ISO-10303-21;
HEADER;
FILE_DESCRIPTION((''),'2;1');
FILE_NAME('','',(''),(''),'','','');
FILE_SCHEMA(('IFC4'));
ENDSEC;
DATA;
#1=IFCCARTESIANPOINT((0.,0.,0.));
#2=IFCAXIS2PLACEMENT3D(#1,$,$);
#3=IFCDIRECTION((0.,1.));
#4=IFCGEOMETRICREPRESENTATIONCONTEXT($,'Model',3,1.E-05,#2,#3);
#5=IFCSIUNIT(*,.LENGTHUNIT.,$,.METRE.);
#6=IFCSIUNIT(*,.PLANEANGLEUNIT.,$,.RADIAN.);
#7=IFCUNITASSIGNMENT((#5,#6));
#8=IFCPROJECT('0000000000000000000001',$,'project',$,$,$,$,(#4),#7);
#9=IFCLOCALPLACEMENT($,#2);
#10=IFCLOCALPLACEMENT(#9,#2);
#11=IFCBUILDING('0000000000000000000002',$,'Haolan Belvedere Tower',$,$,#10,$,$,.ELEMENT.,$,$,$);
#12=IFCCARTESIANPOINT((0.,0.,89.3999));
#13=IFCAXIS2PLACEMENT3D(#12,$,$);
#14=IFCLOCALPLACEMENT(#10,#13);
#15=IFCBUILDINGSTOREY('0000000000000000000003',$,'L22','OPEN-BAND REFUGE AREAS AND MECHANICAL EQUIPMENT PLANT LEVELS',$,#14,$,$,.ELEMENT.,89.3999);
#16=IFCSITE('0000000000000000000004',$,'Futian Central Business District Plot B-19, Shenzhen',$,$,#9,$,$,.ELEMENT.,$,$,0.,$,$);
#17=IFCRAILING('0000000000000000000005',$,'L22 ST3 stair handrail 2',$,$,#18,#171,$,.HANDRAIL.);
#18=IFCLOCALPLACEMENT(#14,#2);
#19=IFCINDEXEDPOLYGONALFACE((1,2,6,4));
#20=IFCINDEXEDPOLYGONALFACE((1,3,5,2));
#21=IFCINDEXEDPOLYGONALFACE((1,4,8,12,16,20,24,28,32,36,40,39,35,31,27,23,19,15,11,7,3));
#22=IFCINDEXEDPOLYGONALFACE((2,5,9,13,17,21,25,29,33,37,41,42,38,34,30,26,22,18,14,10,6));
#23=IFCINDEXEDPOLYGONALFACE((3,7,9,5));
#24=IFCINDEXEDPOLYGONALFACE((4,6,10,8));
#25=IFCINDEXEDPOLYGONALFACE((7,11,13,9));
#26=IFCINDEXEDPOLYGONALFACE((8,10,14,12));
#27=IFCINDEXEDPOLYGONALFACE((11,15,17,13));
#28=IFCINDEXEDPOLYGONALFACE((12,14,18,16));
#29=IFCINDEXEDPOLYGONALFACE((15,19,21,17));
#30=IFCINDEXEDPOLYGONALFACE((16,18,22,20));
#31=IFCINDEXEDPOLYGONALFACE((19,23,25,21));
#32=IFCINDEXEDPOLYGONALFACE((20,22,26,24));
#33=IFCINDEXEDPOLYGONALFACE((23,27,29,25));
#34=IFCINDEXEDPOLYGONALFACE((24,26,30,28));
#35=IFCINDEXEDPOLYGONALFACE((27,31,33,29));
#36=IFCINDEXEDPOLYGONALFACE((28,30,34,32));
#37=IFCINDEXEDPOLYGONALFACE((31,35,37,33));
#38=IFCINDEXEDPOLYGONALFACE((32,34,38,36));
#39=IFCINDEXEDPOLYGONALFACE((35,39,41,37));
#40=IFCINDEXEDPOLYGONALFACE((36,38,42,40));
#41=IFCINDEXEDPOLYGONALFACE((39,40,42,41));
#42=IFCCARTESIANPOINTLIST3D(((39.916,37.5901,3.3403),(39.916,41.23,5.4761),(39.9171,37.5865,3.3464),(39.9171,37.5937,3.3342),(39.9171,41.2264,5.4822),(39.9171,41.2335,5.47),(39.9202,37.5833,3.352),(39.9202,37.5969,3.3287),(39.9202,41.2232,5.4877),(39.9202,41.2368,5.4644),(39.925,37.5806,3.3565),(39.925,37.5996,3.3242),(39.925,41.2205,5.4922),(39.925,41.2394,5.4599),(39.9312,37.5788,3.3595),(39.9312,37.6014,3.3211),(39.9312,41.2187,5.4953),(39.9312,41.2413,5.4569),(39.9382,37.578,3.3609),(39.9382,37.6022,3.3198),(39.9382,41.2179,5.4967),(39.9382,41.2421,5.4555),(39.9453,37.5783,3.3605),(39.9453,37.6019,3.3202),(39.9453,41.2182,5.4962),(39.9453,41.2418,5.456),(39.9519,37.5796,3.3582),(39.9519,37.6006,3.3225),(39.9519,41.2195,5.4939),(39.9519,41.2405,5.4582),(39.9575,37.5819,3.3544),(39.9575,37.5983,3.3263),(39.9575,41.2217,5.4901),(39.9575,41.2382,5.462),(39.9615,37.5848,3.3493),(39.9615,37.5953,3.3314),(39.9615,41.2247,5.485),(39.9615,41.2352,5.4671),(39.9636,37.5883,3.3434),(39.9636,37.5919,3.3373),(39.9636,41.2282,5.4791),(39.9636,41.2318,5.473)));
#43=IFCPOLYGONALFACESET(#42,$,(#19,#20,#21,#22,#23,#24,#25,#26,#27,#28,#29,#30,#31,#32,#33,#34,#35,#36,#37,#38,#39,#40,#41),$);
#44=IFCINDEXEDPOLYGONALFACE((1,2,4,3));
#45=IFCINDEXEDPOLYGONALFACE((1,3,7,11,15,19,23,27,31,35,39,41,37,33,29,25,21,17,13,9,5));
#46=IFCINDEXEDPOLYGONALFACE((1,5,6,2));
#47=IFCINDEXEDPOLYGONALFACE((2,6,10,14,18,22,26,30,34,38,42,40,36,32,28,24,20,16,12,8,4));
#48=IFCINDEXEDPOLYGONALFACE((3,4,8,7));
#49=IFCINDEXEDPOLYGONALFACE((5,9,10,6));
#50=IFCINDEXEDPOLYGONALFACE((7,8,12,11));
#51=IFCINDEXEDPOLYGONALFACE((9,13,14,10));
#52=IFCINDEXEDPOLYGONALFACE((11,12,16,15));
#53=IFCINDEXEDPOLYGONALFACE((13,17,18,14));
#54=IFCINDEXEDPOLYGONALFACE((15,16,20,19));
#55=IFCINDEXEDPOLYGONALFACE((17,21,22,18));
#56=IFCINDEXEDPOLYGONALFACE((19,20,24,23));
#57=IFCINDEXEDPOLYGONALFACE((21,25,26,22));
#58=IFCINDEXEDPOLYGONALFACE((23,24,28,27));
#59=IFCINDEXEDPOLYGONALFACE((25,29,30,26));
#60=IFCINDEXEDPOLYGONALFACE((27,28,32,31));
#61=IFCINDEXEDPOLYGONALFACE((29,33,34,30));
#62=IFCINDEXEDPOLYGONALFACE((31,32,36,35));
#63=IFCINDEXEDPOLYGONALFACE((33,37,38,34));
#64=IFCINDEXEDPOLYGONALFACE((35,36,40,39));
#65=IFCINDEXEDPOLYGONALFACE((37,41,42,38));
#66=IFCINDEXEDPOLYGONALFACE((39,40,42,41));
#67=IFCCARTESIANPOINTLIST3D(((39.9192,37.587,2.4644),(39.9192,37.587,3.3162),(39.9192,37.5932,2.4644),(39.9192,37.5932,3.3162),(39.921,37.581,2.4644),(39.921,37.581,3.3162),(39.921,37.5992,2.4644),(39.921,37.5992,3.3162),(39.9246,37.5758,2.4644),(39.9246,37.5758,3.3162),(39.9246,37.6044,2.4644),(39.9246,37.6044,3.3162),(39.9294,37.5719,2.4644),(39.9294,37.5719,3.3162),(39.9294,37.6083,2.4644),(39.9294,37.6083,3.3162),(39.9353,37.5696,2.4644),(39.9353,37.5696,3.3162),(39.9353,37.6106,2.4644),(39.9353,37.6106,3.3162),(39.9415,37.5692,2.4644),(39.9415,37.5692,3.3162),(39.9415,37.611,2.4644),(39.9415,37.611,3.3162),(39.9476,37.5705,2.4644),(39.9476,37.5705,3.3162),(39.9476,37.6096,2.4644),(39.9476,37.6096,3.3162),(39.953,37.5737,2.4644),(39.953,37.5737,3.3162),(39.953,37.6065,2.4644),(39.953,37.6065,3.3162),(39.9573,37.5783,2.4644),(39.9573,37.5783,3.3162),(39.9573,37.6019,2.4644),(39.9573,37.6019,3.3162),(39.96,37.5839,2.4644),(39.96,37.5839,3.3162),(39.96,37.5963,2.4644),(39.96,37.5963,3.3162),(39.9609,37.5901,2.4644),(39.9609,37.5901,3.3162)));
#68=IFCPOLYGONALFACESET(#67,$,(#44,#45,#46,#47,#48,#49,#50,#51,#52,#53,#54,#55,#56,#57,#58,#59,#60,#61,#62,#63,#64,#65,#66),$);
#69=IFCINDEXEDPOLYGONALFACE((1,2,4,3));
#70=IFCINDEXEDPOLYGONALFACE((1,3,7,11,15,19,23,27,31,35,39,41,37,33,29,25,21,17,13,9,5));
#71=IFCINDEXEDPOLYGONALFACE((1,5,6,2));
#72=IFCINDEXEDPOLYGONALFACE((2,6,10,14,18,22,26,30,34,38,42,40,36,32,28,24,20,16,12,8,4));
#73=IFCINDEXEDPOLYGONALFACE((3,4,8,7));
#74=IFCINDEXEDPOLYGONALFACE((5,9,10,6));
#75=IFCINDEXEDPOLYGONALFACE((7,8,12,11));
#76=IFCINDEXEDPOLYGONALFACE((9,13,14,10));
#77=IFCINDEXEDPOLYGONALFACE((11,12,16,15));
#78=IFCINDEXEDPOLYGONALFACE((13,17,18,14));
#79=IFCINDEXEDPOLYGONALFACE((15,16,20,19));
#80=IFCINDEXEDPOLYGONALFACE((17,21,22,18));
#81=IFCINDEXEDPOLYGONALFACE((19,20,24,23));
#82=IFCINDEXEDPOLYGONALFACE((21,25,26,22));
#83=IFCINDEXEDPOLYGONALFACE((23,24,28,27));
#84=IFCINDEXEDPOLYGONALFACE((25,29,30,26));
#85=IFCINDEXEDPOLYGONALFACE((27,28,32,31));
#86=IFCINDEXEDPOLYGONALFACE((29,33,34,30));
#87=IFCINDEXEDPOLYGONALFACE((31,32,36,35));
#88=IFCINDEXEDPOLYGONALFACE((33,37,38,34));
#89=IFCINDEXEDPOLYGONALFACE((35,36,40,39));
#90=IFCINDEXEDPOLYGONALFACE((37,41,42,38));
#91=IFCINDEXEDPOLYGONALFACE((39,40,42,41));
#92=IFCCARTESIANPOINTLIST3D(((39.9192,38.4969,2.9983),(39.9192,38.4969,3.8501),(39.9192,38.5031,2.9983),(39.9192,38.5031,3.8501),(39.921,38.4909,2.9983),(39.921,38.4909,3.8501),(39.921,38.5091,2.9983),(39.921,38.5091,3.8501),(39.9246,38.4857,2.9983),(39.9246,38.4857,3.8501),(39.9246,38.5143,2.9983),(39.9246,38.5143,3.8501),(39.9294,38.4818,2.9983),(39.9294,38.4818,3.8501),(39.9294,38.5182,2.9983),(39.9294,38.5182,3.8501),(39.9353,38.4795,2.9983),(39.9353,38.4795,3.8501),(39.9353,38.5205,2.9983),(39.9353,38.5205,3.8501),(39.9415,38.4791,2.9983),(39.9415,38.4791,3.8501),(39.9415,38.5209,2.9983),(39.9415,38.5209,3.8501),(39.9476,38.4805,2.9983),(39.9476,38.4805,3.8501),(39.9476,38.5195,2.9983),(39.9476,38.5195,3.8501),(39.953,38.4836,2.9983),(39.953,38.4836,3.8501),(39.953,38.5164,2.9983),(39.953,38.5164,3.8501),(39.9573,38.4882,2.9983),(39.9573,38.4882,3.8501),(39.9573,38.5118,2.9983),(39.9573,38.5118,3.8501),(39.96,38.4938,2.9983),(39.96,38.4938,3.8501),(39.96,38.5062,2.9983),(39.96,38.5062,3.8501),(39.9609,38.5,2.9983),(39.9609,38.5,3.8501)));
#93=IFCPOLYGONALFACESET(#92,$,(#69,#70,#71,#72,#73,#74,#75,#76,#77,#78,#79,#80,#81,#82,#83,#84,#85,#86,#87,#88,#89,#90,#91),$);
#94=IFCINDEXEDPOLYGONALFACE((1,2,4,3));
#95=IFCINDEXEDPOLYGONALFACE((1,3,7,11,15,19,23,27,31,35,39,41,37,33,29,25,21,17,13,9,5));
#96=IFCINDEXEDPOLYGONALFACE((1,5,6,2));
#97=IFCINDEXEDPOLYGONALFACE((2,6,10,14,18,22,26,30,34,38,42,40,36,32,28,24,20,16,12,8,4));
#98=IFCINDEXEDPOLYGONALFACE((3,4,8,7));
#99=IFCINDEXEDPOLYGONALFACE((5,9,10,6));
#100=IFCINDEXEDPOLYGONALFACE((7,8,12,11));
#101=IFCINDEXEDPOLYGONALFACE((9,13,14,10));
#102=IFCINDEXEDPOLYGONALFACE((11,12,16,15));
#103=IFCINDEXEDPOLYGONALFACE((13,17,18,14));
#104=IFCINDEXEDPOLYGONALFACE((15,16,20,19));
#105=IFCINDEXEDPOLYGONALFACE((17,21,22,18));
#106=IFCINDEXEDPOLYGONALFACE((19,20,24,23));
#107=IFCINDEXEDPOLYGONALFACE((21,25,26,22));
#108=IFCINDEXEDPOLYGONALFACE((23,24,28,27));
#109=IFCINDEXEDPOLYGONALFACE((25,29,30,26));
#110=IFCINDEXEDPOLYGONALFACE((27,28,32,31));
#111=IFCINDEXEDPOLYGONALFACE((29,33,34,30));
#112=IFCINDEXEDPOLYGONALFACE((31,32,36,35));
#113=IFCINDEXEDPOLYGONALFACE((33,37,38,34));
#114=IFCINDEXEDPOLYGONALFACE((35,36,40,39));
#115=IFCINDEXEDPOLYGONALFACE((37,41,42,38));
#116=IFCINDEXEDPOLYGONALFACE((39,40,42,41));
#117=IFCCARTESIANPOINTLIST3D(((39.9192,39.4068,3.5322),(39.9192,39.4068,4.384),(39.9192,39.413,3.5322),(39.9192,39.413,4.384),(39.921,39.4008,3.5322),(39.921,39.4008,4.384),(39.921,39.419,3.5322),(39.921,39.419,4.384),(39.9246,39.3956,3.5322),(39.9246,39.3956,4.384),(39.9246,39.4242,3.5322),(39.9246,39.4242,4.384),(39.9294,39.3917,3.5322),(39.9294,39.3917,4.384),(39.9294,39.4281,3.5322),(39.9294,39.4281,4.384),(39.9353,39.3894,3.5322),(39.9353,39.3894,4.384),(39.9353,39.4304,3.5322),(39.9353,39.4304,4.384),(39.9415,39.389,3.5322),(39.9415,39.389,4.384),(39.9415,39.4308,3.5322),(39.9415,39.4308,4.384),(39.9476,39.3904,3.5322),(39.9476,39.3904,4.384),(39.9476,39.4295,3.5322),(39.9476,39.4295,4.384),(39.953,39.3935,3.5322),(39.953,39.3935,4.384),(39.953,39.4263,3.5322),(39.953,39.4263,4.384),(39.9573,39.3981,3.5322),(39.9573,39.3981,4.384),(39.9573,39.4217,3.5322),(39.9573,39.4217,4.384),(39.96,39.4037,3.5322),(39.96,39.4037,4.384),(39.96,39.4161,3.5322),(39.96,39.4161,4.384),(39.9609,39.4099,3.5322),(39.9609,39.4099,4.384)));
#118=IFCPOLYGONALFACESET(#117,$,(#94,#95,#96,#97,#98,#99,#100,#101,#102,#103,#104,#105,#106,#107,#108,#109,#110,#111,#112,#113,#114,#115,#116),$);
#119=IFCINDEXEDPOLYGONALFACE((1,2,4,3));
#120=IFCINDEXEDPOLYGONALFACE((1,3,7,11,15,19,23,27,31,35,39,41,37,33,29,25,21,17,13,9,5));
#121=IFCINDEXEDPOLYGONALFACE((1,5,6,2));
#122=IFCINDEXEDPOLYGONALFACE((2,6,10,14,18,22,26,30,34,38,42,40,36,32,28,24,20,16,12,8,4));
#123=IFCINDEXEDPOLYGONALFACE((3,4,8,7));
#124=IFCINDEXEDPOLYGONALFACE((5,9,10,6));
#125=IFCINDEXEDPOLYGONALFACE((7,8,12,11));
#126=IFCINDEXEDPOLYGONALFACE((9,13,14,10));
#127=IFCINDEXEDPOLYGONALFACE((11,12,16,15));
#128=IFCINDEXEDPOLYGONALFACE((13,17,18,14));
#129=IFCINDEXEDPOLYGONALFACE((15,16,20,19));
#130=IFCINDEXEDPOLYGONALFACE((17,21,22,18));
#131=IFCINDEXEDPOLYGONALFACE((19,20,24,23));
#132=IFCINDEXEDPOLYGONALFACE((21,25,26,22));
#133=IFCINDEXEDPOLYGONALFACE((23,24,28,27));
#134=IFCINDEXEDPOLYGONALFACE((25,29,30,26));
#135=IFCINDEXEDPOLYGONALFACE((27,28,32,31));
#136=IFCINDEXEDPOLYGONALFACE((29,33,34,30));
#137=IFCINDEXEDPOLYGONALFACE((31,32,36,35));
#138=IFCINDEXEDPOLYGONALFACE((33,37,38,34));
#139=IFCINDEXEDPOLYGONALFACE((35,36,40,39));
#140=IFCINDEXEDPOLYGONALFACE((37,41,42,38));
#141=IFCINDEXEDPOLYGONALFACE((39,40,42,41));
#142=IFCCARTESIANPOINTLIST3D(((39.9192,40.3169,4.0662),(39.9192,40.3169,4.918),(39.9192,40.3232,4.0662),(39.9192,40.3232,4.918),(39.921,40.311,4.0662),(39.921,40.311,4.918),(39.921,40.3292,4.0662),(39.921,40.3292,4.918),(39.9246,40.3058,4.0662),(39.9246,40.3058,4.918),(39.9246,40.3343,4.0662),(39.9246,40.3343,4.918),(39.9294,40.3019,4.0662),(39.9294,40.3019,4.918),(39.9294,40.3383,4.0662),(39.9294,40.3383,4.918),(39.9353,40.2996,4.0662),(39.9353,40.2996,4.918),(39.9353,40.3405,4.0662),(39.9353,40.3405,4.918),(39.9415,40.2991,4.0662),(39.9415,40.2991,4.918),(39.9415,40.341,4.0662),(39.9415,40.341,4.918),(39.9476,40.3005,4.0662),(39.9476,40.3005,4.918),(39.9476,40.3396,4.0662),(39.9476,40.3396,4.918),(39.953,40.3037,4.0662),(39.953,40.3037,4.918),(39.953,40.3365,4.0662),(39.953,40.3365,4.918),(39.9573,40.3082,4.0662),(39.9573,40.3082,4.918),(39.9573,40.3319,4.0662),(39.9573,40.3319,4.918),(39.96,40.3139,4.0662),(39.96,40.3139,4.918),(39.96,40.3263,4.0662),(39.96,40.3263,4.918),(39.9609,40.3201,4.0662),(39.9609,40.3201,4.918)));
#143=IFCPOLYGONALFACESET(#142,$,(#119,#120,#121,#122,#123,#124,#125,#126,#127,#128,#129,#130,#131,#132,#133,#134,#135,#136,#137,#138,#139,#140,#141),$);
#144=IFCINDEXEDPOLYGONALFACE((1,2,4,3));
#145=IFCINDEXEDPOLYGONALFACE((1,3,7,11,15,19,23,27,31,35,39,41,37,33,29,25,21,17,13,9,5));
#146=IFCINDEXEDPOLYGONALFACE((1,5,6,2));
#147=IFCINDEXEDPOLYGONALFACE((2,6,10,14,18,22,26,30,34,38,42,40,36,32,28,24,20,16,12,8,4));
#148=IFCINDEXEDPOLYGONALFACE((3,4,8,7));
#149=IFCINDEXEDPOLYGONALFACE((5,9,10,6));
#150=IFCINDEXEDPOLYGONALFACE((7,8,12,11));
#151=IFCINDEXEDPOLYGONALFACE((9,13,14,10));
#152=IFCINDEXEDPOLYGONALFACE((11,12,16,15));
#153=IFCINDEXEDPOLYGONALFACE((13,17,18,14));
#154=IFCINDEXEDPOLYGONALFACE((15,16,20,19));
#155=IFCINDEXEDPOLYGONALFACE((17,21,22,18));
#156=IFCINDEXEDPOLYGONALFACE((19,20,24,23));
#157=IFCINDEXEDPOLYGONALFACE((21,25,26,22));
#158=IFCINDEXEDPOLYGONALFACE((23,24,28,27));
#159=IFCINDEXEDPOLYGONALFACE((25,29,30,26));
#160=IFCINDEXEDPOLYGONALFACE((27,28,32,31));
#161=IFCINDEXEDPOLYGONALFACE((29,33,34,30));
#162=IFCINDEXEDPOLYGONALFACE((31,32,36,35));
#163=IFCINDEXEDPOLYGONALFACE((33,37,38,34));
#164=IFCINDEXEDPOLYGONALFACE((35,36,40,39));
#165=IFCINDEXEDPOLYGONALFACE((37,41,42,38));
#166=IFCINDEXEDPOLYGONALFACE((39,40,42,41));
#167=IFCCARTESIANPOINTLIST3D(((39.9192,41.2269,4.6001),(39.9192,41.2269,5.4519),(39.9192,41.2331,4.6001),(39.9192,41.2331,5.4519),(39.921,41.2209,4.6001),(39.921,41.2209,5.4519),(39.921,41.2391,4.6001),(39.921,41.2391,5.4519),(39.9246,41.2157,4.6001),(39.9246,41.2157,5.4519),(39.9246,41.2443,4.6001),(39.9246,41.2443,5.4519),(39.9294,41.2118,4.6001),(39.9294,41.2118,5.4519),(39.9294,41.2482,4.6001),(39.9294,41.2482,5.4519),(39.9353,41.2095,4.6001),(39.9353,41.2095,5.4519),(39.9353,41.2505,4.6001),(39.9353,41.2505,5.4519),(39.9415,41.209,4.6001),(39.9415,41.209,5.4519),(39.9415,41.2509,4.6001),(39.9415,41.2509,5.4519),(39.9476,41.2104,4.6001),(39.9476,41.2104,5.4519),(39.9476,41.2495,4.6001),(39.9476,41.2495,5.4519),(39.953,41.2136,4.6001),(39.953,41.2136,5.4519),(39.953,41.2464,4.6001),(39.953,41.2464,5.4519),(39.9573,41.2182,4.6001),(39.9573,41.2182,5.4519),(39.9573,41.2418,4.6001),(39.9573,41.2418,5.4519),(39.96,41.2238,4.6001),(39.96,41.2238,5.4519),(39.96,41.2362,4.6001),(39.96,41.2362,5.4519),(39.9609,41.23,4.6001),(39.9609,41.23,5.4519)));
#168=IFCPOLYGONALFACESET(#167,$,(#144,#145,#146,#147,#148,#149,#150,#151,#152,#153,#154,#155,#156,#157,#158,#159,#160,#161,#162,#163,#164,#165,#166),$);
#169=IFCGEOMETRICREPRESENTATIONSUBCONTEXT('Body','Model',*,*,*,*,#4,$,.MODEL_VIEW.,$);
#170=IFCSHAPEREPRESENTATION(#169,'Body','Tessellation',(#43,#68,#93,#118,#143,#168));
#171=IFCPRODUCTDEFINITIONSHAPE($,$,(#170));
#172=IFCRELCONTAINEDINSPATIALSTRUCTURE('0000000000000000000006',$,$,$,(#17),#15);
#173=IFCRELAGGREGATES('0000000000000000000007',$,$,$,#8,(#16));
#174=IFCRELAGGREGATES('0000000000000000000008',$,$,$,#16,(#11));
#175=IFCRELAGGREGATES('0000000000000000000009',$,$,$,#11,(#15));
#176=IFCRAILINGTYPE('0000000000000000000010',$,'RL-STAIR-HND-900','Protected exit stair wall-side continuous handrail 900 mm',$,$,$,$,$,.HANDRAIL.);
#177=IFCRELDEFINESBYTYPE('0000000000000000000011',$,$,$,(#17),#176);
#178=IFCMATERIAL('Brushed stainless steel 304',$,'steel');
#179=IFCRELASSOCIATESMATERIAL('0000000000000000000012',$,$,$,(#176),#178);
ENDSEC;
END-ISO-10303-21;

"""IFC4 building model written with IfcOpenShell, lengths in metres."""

from ifc_helpers import new_model, si_unit, direction, frame, origin, origin_2d, place, context, subcontext, project, spatial, circle, extrude, material, type_object, element, save


model = new_model("IFC4")

# Units and contexts
model_context = context("Model", 3, precision=1e-05, world=origin(), true_north=direction((0.0, 1.0)))
body_context = subcontext(model_context, "Body", "Model", "MODEL_VIEW")
ifc_project = project(units=[si_unit("LENGTHUNIT", "METRE"), si_unit("PLANEANGLEUNIT", "RADIAN")], contexts=[model_context])

# Site, building, storey
site_placement = place(None, origin())
site = spatial("IfcSite", under=ifc_project, at=site_placement, Name="Futian Central Business District Plot B-19, Shenzhen", CompositionType="ELEMENT", RefElevation=0.0)
building_placement = place(site_placement, origin())
building = spatial("IfcBuilding", under=site, at=building_placement, Name="Haolan Belvedere Tower", CompositionType="ELEMENT")
storey_placement = place(building_placement, frame((0.0, 0.0, 89.3999)))
storey = spatial("IfcBuildingStorey", under=building, at=storey_placement, Name="L22", Description="OPEN-BAND REFUGE AREAS AND MECHANICAL EQUIPMENT PLANT LEVELS", CompositionType="ELEMENT", Elevation=89.3999)

# Railing
ifc_material_1 = material(Name="Brushed stainless steel 304", Category="steel")
railing_type_1 = type_object("IfcRailingType", Name="RL-STAIR-HND-900", Description="Protected exit stair wall-side continuous handrail 900 mm", PredefinedType="HANDRAIL", material=ifc_material_1)
for number, where, name in (
    (1, (39.9399, 37.5901, 2.4644), "L22 ST3 stair handrail 2"),
):
    element("IfcRailing", number, at=place(storey_placement, frame(where)), inside=storey, type_object=railing_type_1, Name=name, PredefinedType="HANDRAIL", context=body_context, shape_type="SweptSolid", body=[
        extrude(circle(Radius=0.0239, at=origin_2d()), frame((0.0, 0.0, 0.876), z_axis=(0.0, 0.86249, 0.506074), x_axis=(-1.0, 0.0, 0.0)), (0.0, 0.0, 1.0), 4.2202),
        extrude(circle(Radius=0.021, at=origin_2d()), origin(), (0.0, 0.0, 1.0), 0.8518),
        extrude(circle(Radius=0.021, at=origin_2d()), frame((0.0, 0.9099, 0.5339)), (0.0, 0.0, 1.0), 0.8518),
        extrude(circle(Radius=0.021, at=origin_2d()), frame((0.0, 1.8198, 1.0679)), (0.0, 0.0, 1.0), 0.8518),
        extrude(circle(Radius=0.021, at=origin_2d()), frame((0.0, 2.73, 1.6018)), (0.0, 0.0, 1.0), 0.8518),
        extrude(circle(Radius=0.021, at=origin_2d()), frame((0.0, 3.6399, 2.1357)), (0.0, 0.0, 1.0), 0.8518),
    ])

save(model, "model.ifc")
